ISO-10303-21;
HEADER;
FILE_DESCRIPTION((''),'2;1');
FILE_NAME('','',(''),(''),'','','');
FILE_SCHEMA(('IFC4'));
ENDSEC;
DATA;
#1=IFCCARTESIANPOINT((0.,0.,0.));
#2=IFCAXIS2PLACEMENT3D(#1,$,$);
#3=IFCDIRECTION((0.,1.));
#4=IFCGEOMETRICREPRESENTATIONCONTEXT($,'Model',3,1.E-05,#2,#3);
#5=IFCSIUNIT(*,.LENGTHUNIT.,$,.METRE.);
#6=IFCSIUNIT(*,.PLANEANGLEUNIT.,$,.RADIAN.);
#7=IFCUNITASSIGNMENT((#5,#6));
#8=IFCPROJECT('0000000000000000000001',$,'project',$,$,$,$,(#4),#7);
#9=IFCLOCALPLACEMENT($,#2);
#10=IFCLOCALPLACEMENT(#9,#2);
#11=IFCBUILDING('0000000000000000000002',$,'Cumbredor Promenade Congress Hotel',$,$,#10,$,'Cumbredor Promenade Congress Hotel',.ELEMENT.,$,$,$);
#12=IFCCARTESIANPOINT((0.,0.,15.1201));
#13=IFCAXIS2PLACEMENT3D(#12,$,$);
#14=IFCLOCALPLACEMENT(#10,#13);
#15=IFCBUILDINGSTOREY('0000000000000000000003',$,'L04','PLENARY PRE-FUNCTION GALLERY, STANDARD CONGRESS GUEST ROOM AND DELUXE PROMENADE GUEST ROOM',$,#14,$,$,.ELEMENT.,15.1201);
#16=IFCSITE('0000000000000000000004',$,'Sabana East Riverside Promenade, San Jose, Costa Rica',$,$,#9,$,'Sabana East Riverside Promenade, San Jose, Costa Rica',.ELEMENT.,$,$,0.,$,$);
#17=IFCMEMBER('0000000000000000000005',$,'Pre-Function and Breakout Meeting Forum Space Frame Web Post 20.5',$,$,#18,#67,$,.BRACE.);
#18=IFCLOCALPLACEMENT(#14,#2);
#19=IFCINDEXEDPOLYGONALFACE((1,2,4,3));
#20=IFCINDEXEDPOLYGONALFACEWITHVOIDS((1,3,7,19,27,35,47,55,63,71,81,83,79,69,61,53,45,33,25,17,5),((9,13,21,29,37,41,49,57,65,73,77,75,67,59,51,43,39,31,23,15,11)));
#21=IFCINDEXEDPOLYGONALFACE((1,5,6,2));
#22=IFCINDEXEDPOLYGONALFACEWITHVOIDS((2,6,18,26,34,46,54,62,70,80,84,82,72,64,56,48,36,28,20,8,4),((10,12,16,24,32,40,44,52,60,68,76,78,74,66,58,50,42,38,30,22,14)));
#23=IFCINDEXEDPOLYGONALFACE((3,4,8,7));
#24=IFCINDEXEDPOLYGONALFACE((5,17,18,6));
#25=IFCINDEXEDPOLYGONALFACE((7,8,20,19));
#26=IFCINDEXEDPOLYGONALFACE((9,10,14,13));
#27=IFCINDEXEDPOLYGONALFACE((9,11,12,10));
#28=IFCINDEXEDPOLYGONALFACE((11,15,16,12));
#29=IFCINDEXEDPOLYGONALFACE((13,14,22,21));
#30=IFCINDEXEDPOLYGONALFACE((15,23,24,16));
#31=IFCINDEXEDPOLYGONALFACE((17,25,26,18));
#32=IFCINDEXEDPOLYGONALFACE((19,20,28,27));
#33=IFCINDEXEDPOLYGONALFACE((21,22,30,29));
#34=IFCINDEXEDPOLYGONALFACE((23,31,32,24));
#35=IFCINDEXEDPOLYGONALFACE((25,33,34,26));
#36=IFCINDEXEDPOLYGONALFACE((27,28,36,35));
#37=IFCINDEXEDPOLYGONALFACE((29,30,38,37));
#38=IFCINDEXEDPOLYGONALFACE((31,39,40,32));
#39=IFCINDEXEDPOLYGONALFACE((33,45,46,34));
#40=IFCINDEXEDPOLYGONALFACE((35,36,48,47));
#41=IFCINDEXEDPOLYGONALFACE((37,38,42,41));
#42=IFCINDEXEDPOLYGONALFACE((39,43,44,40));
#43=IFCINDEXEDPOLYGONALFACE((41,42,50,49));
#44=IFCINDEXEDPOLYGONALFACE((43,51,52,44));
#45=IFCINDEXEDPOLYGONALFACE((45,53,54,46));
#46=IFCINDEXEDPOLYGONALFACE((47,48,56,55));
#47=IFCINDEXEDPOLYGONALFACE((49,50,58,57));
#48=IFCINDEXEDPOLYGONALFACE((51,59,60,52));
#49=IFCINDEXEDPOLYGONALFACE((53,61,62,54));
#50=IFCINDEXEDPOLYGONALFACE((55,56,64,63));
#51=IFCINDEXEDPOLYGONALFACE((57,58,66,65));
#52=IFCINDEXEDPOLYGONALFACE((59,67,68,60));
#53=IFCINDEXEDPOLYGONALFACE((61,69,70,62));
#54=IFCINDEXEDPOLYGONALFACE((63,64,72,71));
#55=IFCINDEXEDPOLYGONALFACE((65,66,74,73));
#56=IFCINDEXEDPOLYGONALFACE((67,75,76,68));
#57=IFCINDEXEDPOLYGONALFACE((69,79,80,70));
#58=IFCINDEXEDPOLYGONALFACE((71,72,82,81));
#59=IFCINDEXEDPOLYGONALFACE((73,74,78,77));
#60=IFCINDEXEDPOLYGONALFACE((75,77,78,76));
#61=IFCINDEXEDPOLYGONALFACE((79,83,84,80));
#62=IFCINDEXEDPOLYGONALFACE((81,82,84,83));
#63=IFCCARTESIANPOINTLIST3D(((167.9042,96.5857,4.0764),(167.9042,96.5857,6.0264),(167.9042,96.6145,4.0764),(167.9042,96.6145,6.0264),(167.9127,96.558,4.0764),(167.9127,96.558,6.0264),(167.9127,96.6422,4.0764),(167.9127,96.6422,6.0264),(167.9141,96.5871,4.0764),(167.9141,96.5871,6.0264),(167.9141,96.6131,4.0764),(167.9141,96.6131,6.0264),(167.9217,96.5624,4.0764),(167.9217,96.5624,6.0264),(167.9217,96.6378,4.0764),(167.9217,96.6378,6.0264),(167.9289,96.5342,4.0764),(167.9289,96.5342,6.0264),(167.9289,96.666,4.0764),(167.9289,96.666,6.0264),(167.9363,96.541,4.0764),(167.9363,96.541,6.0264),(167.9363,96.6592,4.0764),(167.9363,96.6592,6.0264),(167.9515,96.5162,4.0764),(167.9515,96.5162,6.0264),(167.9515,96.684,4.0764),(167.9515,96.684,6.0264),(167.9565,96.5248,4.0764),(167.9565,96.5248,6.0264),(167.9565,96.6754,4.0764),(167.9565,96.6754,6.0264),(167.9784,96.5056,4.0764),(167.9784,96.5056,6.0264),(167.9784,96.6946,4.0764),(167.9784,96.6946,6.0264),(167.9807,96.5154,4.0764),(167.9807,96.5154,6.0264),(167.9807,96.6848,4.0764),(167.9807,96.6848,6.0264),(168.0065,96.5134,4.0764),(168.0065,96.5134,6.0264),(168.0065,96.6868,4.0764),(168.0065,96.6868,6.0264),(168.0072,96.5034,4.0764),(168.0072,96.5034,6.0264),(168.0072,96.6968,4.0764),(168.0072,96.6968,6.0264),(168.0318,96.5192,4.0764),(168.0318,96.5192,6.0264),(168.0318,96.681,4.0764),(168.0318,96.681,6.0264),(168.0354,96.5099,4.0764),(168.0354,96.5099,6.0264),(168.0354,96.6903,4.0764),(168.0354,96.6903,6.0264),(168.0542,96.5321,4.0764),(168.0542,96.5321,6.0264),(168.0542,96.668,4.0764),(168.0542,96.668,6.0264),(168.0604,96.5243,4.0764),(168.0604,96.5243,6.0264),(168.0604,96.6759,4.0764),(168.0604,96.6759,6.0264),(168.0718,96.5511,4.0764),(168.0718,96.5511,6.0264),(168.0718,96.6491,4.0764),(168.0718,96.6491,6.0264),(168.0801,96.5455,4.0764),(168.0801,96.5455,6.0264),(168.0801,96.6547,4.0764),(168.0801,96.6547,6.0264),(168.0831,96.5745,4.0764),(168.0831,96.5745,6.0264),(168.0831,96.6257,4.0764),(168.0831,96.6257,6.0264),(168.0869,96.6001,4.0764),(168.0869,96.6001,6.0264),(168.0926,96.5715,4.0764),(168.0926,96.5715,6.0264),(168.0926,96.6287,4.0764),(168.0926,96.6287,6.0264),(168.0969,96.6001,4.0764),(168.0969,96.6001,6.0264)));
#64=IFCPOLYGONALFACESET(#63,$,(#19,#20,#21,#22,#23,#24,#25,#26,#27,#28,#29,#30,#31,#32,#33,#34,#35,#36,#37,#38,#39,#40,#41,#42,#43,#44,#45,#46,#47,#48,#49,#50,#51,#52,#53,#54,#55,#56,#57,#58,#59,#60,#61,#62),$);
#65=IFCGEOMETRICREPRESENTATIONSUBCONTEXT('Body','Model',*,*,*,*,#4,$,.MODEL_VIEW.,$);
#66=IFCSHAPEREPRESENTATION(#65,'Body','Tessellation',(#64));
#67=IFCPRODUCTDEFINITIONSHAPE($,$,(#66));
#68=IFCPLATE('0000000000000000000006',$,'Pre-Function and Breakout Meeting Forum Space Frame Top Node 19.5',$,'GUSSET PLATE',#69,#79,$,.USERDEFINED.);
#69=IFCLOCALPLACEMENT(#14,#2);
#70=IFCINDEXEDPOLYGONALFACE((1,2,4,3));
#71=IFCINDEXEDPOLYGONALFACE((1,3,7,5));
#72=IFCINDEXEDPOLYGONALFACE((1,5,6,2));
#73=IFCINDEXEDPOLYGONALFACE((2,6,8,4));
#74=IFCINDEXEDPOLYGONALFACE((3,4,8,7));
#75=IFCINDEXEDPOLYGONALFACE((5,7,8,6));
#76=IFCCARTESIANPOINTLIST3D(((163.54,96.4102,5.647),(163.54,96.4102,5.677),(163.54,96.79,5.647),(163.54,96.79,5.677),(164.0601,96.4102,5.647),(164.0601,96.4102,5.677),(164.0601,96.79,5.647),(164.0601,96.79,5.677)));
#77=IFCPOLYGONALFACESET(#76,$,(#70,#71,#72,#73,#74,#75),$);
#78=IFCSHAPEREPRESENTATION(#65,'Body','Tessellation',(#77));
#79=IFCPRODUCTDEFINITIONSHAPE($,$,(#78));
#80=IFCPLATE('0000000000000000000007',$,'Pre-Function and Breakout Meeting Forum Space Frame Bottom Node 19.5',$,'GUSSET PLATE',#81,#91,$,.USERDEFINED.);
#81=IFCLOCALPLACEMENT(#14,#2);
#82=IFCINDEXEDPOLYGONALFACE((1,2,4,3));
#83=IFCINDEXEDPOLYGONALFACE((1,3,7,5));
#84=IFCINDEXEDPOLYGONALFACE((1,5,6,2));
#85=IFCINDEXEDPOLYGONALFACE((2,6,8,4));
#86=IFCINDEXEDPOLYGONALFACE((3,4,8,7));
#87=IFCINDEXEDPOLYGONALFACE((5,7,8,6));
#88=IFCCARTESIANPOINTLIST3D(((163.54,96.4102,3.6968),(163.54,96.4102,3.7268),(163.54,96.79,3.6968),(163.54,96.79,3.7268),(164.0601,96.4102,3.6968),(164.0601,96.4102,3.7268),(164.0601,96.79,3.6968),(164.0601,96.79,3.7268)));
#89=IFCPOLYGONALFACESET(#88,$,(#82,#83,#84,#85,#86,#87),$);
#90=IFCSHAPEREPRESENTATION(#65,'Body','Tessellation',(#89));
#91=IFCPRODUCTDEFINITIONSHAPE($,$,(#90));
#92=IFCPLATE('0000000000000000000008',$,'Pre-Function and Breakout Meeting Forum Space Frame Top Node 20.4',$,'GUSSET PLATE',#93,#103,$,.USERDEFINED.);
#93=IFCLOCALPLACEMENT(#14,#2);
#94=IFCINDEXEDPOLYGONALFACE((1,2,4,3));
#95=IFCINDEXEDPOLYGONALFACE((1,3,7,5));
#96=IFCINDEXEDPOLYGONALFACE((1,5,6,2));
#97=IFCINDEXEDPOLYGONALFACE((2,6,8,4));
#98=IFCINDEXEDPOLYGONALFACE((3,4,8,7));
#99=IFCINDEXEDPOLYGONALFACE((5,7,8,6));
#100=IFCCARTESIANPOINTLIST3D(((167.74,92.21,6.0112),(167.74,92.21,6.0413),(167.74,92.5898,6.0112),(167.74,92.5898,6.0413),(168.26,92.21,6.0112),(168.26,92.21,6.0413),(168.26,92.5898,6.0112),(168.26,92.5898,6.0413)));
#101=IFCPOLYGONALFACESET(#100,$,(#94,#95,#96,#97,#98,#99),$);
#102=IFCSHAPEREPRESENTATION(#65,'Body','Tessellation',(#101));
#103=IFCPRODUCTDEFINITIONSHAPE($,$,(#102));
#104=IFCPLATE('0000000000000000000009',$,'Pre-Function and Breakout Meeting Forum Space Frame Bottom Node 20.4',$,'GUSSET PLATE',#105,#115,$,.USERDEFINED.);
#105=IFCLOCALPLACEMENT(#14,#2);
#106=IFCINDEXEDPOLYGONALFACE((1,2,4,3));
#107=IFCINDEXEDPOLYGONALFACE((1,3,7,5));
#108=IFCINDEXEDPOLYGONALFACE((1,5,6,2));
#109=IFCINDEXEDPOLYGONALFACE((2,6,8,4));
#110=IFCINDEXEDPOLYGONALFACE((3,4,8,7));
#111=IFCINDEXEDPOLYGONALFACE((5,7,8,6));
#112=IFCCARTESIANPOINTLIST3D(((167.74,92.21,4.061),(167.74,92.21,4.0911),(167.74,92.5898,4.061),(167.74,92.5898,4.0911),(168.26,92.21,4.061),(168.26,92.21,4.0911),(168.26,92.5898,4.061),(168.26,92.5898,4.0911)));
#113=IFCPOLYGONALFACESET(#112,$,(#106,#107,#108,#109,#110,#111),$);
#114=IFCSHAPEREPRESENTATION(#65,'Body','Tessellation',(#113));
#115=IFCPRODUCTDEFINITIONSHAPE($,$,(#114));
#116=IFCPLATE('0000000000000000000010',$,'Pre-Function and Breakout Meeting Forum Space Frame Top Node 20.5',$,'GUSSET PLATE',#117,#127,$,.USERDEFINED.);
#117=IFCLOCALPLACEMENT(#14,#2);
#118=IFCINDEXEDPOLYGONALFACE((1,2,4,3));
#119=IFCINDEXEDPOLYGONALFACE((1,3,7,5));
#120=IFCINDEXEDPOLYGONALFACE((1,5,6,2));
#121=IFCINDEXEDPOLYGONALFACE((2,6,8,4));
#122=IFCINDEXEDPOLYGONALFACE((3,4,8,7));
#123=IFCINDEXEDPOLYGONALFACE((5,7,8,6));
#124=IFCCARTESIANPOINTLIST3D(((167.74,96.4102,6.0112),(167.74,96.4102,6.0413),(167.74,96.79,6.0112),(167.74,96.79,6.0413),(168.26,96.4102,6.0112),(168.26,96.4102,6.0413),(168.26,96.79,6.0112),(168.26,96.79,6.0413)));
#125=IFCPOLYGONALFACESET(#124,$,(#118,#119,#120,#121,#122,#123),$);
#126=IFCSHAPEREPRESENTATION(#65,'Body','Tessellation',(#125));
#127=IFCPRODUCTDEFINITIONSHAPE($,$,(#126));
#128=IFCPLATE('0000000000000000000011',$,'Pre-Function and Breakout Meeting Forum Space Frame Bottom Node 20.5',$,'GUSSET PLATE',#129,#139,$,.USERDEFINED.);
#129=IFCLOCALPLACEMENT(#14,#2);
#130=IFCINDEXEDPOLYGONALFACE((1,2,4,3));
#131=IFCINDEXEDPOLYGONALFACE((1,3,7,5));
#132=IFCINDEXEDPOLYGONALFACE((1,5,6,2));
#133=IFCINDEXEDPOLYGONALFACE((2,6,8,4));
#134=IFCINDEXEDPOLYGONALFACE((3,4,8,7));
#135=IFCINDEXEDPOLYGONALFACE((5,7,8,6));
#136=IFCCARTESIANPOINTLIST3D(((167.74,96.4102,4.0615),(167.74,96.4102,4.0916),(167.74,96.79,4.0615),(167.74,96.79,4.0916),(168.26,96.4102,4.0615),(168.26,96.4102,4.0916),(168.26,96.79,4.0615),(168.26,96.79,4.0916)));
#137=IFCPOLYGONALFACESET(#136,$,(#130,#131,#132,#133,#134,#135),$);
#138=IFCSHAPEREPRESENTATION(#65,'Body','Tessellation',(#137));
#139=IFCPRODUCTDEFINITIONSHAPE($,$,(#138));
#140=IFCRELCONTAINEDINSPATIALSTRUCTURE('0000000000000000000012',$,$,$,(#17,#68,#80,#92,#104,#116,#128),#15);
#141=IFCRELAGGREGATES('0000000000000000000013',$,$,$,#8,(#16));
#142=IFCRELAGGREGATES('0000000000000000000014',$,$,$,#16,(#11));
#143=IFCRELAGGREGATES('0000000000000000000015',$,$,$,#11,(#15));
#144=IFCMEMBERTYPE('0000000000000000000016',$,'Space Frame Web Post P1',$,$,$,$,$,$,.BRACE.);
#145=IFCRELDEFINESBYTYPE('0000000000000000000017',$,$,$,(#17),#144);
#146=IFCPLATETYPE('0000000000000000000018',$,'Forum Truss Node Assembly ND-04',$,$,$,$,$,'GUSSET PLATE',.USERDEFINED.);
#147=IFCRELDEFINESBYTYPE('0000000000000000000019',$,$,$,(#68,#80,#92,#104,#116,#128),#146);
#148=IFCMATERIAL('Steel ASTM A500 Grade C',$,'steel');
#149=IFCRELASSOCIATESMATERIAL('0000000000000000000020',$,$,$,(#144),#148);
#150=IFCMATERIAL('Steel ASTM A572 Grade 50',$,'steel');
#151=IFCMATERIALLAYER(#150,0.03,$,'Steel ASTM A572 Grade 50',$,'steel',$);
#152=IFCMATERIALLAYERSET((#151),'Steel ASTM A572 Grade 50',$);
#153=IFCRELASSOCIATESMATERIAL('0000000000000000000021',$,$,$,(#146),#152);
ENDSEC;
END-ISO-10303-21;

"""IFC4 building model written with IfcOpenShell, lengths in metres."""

from ifc_helpers import new_model, si_unit, direction, frame, origin, origin_2d, place, context, subcontext, project, spatial, rectangle, hollow_circle, extrude, material, layer, layer_set, material_profile, profile_set, type_object, element, save


model = new_model("IFC4")

# Units and contexts
model_context = context("Model", 3, precision=1e-05, world=origin(), true_north=direction((0.0, 1.0)))
body_context = subcontext(model_context, "Body", "Model", "MODEL_VIEW")
ifc_project = project(units=[si_unit("LENGTHUNIT", "METRE"), si_unit("PLANEANGLEUNIT", "RADIAN")], contexts=[model_context])

# Site, building, storey
site_placement = place(None, origin())
site = spatial("IfcSite", under=ifc_project, at=site_placement, Name="Sabana East Riverside Promenade, San Jose, Costa Rica", LongName="Sabana East Riverside Promenade, San Jose, Costa Rica", CompositionType="ELEMENT", RefElevation=0.0)
building_placement = place(site_placement, origin())
building = spatial("IfcBuilding", under=site, at=building_placement, Name="Cumbredor Promenade Congress Hotel", LongName="Cumbredor Promenade Congress Hotel", CompositionType="ELEMENT")
storey_placement = place(building_placement, frame((0.0, 0.0, 15.1201)))
storey = spatial("IfcBuildingStorey", under=building, at=storey_placement, Name="L04", Description="PLENARY PRE-FUNCTION GALLERY, STANDARD CONGRESS GUEST ROOM AND DELUXE PROMENADE GUEST ROOM", CompositionType="ELEMENT", Elevation=15.1201)

# Member
ifc_material_1 = material(Name="Steel ASTM A500 Grade C", Category="steel")
ifc_material_profile_1 = material_profile(ifc_material_1, hollow_circle(Radius=0.0969, WallThickness=0.01, at=origin_2d()), Name="CHS 193.7x10")
ifc_profile_set_1 = profile_set([ifc_material_profile_1], Name="Steel ASTM A500 Grade C")
member_type_1 = type_object("IfcMemberType", Name="Space Frame Web Post P1", PredefinedType="BRACE", material=ifc_profile_set_1)
member_1_placement = place(storey_placement, frame((168.0, 96.6001, 4.0764), z_axis=(0.0, 0.0, 1.0), x_axis=(1.0, 0.0, 0.0)))
element("IfcMember", 1, at=member_1_placement, inside=storey, type_object=member_type_1, Name="Pre-Function and Breakout Meeting Forum Space Frame Web Post 20.5", PredefinedType="BRACE", context=body_context, shape_type="SweptSolid", body=[
    extrude(hollow_circle(Radius=0.0969, WallThickness=0.01, at=origin_2d()), origin(), (0.0, 0.0, 1.0), 1.95),
])

# Plates
ifc_material_2 = material(Name="Steel ASTM A572 Grade 50", Category="steel")
ifc_layer = layer(ifc_material_2, 0.03, Name="Steel ASTM A572 Grade 50", Category="steel")
ifc_layer_set = layer_set([ifc_layer], Name="Steel ASTM A572 Grade 50")
plate_type = type_object("IfcPlateType", Name="Forum Truss Node Assembly ND-04", ElementType="GUSSET PLATE", PredefinedType="USERDEFINED", material=ifc_layer_set)
for number, where, z_axis, x_axis, name in (
    (2, (163.8, 96.6001, 5.647), (0.0, 0.0, 1.0), (1.0, 0.0, 0.0), "Pre-Function and Breakout Meeting Forum Space Frame Top Node 19.5"),
    (3, (163.8, 96.6001, 3.6968), (0.0, 0.0, 1.0), (1.0, 0.0, 0.0), "Pre-Function and Breakout Meeting Forum Space Frame Bottom Node 19.5"),
    (4, (168.0, 92.3999, 6.0112), (0.0, 0.0, 1.0), (1.0, 0.0, 0.0), "Pre-Function and Breakout Meeting Forum Space Frame Top Node 20.4"),
    (5, (168.0, 92.3999, 4.061), (0.0, 0.0, 1.0), (1.0, 0.0, 0.0), "Pre-Function and Breakout Meeting Forum Space Frame Bottom Node 20.4"),
    (6, (168.0, 96.6001, 6.0112), (0.0, 0.0, 1.0), (1.0, 0.0, 0.0), "Pre-Function and Breakout Meeting Forum Space Frame Top Node 20.5"),
    (7, (168.0, 96.6001, 4.0615), (0.0, 0.0, 1.0), (1.0, 0.0, 0.0), "Pre-Function and Breakout Meeting Forum Space Frame Bottom Node 20.5"),
):
    element("IfcPlate", number, at=place(storey_placement, frame(where, z_axis=z_axis, x_axis=x_axis)), inside=storey, type_object=plate_type, Name=name, ObjectType="GUSSET PLATE", PredefinedType="USERDEFINED", context=body_context, shape_type="SweptSolid", body=[
        extrude(rectangle(XDim=0.52, YDim=0.3799, at=origin_2d()), origin(), (0.0, 0.0, 1.0), 0.03),
    ])

save(model, "model.ifc")
